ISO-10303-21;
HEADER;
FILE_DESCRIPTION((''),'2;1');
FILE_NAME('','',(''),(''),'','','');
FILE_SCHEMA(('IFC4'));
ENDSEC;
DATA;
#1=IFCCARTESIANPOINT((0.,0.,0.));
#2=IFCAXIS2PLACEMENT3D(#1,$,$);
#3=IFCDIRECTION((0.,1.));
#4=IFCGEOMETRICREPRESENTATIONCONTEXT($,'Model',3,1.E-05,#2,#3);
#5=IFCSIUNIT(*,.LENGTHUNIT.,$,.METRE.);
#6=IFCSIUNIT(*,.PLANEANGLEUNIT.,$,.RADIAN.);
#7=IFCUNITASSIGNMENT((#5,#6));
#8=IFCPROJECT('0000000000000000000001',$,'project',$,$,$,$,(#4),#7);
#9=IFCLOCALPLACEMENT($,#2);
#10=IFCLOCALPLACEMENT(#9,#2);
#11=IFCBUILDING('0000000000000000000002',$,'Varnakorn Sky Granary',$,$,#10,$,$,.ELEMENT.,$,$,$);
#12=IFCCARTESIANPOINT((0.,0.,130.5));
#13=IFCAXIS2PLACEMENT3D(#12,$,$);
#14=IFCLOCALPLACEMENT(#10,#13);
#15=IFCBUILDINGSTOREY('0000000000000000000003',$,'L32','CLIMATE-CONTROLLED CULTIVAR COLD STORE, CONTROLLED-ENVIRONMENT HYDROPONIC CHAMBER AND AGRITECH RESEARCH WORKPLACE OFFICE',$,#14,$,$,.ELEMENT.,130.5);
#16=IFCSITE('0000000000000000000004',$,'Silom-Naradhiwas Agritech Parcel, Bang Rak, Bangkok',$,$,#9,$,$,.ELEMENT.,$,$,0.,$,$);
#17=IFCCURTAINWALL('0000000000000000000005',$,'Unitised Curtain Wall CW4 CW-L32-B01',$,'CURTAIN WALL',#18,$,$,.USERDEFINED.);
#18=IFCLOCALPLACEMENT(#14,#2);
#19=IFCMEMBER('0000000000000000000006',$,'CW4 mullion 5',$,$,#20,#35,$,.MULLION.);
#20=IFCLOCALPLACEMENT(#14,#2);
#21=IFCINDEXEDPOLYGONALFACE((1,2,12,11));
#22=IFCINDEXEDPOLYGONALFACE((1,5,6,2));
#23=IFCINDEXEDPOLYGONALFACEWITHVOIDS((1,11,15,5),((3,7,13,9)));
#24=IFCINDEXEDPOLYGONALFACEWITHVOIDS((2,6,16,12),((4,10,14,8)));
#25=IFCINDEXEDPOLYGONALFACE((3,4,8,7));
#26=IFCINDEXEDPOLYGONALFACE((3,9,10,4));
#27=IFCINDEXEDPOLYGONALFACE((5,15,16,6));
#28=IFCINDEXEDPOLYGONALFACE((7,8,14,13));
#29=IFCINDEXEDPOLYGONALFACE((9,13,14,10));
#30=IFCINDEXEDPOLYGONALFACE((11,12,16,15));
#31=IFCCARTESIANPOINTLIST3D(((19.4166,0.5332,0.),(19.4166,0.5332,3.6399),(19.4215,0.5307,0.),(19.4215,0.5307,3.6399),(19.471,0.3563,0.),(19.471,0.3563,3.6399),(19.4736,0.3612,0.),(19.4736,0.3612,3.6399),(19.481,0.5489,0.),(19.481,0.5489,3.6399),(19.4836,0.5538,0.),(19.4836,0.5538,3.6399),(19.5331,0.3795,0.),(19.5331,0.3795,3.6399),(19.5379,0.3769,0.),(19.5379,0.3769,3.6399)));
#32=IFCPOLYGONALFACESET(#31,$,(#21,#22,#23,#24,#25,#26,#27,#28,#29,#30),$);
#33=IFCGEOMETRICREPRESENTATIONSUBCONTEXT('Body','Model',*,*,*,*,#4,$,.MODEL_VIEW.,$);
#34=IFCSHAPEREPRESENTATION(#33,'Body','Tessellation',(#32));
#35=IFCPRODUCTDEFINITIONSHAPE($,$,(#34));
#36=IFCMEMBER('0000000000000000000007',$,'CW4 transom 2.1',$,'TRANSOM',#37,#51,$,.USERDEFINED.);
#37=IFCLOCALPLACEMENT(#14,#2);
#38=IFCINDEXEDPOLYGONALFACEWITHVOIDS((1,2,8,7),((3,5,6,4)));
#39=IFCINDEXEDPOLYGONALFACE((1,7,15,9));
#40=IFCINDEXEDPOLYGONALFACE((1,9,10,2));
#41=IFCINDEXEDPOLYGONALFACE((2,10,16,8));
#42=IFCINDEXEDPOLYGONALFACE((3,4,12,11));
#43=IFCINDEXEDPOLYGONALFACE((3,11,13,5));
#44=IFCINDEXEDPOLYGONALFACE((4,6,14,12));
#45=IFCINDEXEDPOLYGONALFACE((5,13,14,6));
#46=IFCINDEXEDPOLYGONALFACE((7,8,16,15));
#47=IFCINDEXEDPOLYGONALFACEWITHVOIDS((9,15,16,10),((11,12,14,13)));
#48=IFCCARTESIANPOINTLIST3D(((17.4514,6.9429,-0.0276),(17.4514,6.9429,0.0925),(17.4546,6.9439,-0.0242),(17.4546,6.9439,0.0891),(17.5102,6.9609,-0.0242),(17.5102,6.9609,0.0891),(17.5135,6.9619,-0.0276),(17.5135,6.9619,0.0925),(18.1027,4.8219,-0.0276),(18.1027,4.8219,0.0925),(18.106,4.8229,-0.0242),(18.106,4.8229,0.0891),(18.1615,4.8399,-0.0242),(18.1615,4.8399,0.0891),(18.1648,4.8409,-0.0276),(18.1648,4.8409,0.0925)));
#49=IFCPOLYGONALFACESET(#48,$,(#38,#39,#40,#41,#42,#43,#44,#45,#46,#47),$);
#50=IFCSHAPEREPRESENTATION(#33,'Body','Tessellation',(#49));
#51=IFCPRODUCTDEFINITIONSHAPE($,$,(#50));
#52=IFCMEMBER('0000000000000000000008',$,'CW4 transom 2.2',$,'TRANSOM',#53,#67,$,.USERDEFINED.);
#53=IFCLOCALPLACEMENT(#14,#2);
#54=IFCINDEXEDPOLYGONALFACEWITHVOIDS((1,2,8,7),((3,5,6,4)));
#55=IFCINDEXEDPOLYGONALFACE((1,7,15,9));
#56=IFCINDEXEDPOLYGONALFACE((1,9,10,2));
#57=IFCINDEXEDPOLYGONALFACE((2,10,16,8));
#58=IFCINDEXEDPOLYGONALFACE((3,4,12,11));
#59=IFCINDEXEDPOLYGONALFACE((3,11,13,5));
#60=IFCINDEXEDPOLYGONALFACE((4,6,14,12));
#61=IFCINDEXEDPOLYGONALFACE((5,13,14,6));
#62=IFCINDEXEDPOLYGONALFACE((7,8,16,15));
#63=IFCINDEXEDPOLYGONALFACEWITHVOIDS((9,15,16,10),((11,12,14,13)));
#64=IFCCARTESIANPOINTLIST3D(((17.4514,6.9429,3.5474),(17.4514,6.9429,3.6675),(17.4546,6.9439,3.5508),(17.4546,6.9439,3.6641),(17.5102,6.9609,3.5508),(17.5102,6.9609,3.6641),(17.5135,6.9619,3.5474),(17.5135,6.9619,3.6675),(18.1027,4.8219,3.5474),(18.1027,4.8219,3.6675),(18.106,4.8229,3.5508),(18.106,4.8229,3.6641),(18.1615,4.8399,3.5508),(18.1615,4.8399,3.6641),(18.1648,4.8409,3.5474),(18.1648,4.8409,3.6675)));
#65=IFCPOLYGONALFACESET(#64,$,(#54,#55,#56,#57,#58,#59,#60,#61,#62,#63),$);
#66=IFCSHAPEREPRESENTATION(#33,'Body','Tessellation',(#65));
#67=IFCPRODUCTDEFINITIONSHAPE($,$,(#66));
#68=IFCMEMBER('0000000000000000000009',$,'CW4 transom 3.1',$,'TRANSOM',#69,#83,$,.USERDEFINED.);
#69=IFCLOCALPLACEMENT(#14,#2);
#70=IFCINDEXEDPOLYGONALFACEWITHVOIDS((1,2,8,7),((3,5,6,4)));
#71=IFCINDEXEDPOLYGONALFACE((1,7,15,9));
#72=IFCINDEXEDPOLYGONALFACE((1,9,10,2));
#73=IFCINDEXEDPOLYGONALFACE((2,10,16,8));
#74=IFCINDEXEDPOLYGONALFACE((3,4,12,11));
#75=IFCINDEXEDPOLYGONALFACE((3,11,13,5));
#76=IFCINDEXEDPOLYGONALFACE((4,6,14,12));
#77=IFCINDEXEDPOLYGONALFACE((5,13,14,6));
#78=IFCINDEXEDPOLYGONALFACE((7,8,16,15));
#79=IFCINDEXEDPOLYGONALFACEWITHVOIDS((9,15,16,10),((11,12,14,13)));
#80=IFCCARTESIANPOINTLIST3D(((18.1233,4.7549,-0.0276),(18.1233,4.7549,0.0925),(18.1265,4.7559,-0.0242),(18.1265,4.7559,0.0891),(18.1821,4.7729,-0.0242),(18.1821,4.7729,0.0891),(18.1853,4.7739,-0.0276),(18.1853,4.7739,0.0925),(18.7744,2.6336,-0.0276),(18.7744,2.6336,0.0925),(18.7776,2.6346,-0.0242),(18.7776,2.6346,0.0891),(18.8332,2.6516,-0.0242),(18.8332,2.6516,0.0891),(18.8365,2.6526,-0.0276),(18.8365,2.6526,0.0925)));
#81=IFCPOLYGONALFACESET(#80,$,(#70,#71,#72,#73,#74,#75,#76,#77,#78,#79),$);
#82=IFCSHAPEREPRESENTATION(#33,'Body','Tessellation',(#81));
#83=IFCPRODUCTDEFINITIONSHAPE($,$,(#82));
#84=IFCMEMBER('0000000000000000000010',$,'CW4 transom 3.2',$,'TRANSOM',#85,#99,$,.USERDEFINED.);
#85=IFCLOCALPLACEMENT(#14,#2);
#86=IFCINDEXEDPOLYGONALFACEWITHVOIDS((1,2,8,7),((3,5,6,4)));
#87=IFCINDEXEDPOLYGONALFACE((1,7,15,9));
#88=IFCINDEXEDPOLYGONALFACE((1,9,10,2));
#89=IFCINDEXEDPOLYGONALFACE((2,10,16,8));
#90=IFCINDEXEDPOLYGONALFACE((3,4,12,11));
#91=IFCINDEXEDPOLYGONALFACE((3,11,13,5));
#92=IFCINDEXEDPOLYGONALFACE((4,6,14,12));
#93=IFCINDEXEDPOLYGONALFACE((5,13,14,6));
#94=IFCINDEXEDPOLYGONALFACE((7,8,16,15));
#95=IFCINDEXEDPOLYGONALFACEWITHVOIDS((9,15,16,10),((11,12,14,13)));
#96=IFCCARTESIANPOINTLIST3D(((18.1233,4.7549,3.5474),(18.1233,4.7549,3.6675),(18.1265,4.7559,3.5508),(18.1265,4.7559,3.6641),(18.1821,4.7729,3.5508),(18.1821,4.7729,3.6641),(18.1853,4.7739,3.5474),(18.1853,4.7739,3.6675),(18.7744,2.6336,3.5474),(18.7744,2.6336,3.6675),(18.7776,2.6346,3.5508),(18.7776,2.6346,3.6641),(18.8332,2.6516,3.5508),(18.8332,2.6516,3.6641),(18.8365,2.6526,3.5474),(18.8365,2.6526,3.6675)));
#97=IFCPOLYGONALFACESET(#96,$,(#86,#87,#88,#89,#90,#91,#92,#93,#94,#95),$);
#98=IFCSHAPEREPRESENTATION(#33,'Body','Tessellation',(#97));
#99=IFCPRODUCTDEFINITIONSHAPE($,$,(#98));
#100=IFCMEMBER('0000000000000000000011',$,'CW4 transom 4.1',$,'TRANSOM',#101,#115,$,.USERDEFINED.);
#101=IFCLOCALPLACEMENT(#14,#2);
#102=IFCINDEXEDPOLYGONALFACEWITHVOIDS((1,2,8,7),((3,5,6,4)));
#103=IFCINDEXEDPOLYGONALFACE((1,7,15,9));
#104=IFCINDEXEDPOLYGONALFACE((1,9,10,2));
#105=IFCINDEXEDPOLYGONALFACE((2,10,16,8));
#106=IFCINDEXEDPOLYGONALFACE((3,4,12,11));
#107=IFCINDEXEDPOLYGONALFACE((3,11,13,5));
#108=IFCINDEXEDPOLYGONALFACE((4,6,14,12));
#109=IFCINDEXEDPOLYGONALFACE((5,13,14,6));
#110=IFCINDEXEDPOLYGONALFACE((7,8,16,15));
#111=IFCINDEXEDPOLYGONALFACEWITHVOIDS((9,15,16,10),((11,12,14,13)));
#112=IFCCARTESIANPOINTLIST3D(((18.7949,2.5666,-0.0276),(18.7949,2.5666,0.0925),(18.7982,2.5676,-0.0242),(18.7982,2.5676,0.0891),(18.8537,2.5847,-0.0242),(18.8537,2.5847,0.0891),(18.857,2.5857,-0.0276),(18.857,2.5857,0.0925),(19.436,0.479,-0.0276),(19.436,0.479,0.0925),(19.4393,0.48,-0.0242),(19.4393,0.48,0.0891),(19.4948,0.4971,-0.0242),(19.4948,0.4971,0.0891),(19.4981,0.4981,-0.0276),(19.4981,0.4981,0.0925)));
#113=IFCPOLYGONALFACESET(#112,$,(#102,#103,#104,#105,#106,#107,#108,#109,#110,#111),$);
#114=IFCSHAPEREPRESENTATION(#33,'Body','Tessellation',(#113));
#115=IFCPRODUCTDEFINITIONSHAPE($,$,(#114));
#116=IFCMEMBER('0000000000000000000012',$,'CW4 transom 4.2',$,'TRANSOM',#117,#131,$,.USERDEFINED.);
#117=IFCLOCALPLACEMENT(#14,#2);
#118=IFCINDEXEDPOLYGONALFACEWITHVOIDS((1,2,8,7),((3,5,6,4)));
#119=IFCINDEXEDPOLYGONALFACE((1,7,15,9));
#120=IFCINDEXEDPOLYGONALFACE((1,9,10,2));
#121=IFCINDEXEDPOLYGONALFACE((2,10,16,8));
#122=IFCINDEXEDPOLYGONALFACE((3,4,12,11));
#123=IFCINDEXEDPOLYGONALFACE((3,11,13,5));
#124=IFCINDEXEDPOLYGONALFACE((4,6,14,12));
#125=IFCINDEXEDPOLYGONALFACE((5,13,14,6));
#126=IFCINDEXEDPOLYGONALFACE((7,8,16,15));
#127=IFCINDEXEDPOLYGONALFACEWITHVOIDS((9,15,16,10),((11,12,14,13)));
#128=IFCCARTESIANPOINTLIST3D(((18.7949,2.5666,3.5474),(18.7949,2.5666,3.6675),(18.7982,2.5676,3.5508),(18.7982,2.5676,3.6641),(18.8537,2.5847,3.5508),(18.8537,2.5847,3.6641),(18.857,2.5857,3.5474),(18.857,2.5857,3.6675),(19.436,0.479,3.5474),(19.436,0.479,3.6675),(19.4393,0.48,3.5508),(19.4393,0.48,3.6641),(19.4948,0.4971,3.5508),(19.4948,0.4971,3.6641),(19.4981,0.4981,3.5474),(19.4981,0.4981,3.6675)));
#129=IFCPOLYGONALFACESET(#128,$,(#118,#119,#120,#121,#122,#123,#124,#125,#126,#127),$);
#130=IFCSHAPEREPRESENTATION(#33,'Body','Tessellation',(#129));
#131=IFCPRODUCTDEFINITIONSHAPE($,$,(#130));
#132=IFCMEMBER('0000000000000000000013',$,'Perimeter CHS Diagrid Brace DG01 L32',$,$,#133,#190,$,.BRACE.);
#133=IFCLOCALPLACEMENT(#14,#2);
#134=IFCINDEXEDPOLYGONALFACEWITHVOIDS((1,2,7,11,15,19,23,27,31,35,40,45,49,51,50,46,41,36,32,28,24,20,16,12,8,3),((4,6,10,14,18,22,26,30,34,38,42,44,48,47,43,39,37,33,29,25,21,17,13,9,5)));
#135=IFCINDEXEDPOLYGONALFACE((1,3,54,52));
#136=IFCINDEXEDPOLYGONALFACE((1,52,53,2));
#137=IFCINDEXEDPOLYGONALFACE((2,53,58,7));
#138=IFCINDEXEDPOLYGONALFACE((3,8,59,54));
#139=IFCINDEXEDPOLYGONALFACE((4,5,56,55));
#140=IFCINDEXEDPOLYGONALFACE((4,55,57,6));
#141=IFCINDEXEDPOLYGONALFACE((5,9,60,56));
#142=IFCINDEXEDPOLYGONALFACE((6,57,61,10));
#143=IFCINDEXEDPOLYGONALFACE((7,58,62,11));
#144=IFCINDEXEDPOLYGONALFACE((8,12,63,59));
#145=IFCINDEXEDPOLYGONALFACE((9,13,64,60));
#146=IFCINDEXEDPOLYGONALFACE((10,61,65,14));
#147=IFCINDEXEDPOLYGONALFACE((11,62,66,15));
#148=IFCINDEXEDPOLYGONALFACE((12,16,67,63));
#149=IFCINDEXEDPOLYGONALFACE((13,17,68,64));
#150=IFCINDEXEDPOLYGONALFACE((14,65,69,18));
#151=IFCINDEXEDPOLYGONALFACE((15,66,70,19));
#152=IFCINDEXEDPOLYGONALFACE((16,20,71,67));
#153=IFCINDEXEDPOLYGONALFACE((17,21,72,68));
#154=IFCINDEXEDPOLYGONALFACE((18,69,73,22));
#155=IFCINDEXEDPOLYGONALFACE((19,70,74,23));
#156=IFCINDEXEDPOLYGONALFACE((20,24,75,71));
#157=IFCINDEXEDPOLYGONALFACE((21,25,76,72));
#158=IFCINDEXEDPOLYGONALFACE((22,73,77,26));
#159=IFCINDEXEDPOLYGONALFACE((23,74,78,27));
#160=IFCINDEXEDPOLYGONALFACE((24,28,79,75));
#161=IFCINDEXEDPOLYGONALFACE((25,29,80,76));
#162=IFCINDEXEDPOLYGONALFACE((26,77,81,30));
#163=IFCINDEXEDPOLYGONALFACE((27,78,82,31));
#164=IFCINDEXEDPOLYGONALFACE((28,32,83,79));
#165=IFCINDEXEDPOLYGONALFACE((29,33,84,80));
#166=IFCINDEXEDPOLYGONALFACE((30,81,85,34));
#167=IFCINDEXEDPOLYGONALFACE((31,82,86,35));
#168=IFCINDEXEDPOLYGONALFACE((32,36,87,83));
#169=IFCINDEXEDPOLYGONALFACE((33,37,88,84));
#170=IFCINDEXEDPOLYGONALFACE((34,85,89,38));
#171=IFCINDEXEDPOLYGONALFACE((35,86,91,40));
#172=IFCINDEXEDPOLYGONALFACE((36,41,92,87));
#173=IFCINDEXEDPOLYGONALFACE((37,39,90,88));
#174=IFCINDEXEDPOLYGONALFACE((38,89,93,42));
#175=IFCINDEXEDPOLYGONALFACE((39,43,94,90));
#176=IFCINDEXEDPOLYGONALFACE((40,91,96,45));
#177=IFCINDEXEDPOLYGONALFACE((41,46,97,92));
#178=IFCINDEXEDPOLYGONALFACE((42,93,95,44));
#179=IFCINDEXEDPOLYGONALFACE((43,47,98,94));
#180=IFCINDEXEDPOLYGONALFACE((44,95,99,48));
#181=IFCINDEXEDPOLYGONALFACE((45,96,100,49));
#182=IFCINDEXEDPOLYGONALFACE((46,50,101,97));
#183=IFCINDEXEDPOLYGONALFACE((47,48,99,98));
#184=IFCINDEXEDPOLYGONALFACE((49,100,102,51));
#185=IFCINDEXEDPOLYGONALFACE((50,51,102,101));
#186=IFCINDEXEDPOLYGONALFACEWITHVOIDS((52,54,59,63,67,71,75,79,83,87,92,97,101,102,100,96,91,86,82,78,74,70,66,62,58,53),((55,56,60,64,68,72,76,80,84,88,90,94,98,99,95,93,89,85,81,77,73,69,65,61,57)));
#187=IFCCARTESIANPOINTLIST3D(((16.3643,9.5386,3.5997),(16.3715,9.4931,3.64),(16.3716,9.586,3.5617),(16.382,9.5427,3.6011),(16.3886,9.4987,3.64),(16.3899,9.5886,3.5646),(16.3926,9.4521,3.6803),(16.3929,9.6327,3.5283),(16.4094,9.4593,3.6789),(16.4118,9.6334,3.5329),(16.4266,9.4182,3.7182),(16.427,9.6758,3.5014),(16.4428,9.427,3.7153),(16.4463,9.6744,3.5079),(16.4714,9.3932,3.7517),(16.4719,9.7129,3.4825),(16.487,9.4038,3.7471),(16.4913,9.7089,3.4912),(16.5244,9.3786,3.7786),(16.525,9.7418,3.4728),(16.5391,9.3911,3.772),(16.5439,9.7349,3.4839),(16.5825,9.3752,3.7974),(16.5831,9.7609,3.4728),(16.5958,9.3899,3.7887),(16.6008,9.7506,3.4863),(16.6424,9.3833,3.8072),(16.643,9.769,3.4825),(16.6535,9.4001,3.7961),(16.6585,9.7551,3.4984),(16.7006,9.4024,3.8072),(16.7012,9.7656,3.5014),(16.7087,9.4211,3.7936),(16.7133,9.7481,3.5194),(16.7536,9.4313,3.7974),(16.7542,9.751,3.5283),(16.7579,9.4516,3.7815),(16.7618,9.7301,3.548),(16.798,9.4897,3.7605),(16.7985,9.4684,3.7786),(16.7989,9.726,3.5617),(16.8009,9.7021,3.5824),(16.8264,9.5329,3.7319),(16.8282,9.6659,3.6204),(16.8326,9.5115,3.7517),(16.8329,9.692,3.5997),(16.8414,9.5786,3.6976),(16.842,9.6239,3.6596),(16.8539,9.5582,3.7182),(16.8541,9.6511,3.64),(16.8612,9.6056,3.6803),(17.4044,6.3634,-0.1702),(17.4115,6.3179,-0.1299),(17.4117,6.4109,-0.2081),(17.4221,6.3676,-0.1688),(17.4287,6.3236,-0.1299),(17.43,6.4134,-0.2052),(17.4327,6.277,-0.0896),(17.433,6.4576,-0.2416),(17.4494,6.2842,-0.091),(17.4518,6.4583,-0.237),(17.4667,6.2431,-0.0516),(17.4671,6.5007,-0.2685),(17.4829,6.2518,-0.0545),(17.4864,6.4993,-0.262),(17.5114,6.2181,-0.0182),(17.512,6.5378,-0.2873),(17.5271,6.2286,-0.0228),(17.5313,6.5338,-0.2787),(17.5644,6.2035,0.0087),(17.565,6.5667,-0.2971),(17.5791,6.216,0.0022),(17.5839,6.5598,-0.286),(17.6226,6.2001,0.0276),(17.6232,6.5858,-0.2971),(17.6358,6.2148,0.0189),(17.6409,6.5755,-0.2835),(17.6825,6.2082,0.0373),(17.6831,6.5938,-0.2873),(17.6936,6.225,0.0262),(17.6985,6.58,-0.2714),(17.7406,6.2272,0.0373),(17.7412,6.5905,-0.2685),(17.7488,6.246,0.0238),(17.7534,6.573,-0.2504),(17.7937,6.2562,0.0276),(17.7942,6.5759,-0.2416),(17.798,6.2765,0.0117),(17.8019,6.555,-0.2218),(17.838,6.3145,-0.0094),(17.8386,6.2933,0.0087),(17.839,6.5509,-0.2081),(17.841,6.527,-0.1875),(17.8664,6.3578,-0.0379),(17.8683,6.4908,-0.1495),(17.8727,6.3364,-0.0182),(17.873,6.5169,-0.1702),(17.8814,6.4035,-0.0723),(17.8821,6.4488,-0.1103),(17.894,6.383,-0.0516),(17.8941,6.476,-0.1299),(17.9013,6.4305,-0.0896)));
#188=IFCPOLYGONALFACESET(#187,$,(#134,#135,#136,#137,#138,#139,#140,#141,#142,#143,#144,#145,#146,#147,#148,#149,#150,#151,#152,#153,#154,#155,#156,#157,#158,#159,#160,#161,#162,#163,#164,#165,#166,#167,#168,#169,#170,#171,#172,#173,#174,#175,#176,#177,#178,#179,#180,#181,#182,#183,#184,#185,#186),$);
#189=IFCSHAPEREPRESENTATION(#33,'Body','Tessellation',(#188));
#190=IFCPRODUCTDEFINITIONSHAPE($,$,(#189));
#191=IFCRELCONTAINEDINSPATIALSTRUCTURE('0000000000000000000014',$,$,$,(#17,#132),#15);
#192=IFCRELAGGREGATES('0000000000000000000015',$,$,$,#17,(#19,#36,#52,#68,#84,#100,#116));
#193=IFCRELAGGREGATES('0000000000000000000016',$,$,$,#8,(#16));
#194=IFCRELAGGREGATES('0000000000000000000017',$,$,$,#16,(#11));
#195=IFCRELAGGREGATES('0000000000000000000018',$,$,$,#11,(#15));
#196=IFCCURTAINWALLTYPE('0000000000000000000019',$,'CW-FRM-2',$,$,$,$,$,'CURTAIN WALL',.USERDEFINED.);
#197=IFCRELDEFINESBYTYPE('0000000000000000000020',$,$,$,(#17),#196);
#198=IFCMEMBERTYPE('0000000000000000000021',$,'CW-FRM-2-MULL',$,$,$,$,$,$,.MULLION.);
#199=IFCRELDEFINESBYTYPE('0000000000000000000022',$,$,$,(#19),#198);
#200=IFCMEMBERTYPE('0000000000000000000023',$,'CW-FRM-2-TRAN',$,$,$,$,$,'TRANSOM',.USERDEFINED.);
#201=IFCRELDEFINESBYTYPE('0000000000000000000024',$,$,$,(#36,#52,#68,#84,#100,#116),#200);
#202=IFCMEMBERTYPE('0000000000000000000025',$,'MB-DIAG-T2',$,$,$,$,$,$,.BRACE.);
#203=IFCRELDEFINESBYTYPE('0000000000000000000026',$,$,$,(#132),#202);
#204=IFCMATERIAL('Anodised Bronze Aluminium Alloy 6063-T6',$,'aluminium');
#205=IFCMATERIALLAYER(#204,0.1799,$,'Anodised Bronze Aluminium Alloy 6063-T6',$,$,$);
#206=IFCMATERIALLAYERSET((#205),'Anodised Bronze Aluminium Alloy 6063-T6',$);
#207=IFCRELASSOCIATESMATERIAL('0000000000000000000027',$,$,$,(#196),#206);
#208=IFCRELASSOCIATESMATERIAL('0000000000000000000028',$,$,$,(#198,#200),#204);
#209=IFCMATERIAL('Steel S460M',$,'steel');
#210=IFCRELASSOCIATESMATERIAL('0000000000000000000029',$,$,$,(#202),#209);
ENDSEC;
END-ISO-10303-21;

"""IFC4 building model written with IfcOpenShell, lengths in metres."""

from ifc_helpers import new_model, si_unit, direction, frame, origin, origin_2d, place, context, subcontext, project, spatial, hollow_rectangle, hollow_circle, extrude, material, layer, layer_set, material_profile, profile_set, type_object, element, aggregate, save


model = new_model("IFC4")

# Units and contexts
model_context = context("Model", 3, precision=1e-05, world=origin(), true_north=direction((0.0, 1.0)))
body_context = subcontext(model_context, "Body", "Model", "MODEL_VIEW")
ifc_project = project(units=[si_unit("LENGTHUNIT", "METRE"), si_unit("PLANEANGLEUNIT", "RADIAN")], contexts=[model_context])

# Site, building, storey
site_placement = place(None, origin())
site = spatial("IfcSite", under=ifc_project, at=site_placement, Name="Silom-Naradhiwas Agritech Parcel, Bang Rak, Bangkok", CompositionType="ELEMENT", RefElevation=0.0)
building_placement = place(site_placement, origin())
building = spatial("IfcBuilding", under=site, at=building_placement, Name="Varnakorn Sky Granary", CompositionType="ELEMENT")
storey_placement = place(building_placement, frame((0.0, 0.0, 130.5)))
storey = spatial("IfcBuildingStorey", under=building, at=storey_placement, Name="L32", Description="CLIMATE-CONTROLLED CULTIVAR COLD STORE, CONTROLLED-ENVIRONMENT HYDROPONIC CHAMBER AND AGRITECH RESEARCH WORKPLACE OFFICE", CompositionType="ELEMENT", Elevation=130.5)

# Shared definitions
ifc_material_1 = material(Name="Steel S460M", Category="steel")

# Curtain wall, members
ifc_material_2 = material(Name="Anodised Bronze Aluminium Alloy 6063-T6", Category="aluminium")
ifc_layer_1 = layer(ifc_material_2, 0.1799, Name="Anodised Bronze Aluminium Alloy 6063-T6")
ifc_layer_set_1 = layer_set([ifc_layer_1], Name="Anodised Bronze Aluminium Alloy 6063-T6")
curtain_wall_type = type_object("IfcCurtainWallType", Name="CW-FRM-2", ElementType="CURTAIN WALL", PredefinedType="USERDEFINED", material=ifc_layer_set_1)
curtain_wall_placement = place(storey_placement, origin())
curtain_wall = element("IfcCurtainWall", 1, at=curtain_wall_placement, inside=storey, type_object=curtain_wall_type, Name="Unitised Curtain Wall CW4 CW-L32-B01", ObjectType="CURTAIN WALL", PredefinedType="USERDEFINED")
ifc_material_profile_1 = material_profile(ifc_material_2, hollow_rectangle(XDim=0.0701, YDim=0.1851, WallThickness=0.0039, at=origin_2d()), Name="ALU MULL 70x185")
ifc_profile_set_1 = profile_set([ifc_material_profile_1], Name="Anodised Bronze Aluminium Alloy 6063-T6")
member_type_1 = type_object("IfcMemberType", Name="CW-FRM-2-MULL", PredefinedType="MULLION", material=ifc_profile_set_1)
member_1_placement = place(storey_placement, frame((19.4773, 0.4551, 0.0), z_axis=(0.0, 0.0, 1.0), x_axis=(0.955954, 0.293516, 0.0)))
member_1 = element("IfcMember", 2, at=member_1_placement, type_object=member_type_1, Name="CW4 mullion 5", PredefinedType="MULLION", context=body_context, shape_type="SweptSolid", body=[
    extrude(hollow_rectangle(XDim=0.0701, YDim=0.1851, WallThickness=0.0039, at=origin_2d()), origin(), (0.0, 0.0, 1.0), 3.6399),
])
ifc_material_profile_2 = material_profile(ifc_material_2, hollow_rectangle(XDim=0.0649, YDim=0.1201, WallThickness=0.0034, at=origin_2d()), Name="ALU TRAN 65x120")
ifc_profile_set_2 = profile_set([ifc_material_profile_2], Name="Anodised Bronze Aluminium Alloy 6063-T6")
member_type_2 = type_object("IfcMemberType", Name="CW-FRM-2-TRAN", ElementType="TRANSOM", PredefinedType="USERDEFINED", material=ifc_profile_set_2)
member_2_placement = place(storey_placement, frame((17.4824, 6.9524, 0.0325), z_axis=(0.29356, -0.955941, 0.0), x_axis=(0.955941, 0.29356, 0.0)))
member_2 = element("IfcMember", 3, at=member_2_placement, type_object=member_type_2, Name="CW4 transom 2.1", ObjectType="TRANSOM", PredefinedType="USERDEFINED", context=body_context, shape_type="SweptSolid", body=[
    extrude(hollow_rectangle(XDim=0.0649, YDim=0.1201, WallThickness=0.0034, at=origin_2d()), origin(), (0.0, 0.0, 1.0), 2.2188),
])
member_3_placement = place(storey_placement, frame((17.4824, 6.9524, 3.6074), z_axis=(0.29356, -0.955941, 0.0), x_axis=(0.955941, 0.29356, 0.0)))
member_3 = element("IfcMember", 4, at=member_3_placement, type_object=member_type_2, Name="CW4 transom 2.2", ObjectType="TRANSOM", PredefinedType="USERDEFINED", context=body_context, shape_type="SweptSolid", body=[
    extrude(hollow_rectangle(XDim=0.0649, YDim=0.1201, WallThickness=0.0034, at=origin_2d()), origin(), (0.0, 0.0, 1.0), 2.2188),
])
member_4_placement = place(storey_placement, frame((18.1543, 4.7644, 0.0325), z_axis=(0.293429, -0.955981, 0.0), x_axis=(0.955981, 0.293429, 0.0)))
member_4 = element("IfcMember", 5, at=member_4_placement, type_object=member_type_2, Name="CW4 transom 3.1", ObjectType="TRANSOM", PredefinedType="USERDEFINED", context=body_context, shape_type="SweptSolid", body=[
    extrude(hollow_rectangle(XDim=0.0649, YDim=0.1201, WallThickness=0.0034, at=origin_2d()), origin(), (0.0, 0.0, 1.0), 2.219),
])
member_5_placement = place(storey_placement, frame((18.1543, 4.7644, 3.6074), z_axis=(0.293429, -0.955981, 0.0), x_axis=(0.955981, 0.293429, 0.0)))
member_5 = element("IfcMember", 6, at=member_5_placement, type_object=member_type_2, Name="CW4 transom 3.2", ObjectType="TRANSOM", PredefinedType="USERDEFINED", context=body_context, shape_type="SweptSolid", body=[
    extrude(hollow_rectangle(XDim=0.0649, YDim=0.1201, WallThickness=0.0034, at=origin_2d()), origin(), (0.0, 0.0, 1.0), 2.219),
])
member_6_placement = place(storey_placement, frame((18.8259, 2.5762, 0.0325), z_axis=(0.293567, -0.955938, 0.0), x_axis=(0.955938, 0.293567, 0.0)))
member_6 = element("IfcMember", 7, at=member_6_placement, type_object=member_type_2, Name="CW4 transom 4.1", ObjectType="TRANSOM", PredefinedType="USERDEFINED", context=body_context, shape_type="SweptSolid", body=[
    extrude(hollow_rectangle(XDim=0.0649, YDim=0.1201, WallThickness=0.0034, at=origin_2d()), origin(), (0.0, 0.0, 1.0), 2.1838),
])
member_7_placement = place(storey_placement, frame((18.8259, 2.5762, 3.6074), z_axis=(0.293567, -0.955938, 0.0), x_axis=(0.955938, 0.293567, 0.0)))
member_7 = element("IfcMember", 8, at=member_7_placement, type_object=member_type_2, Name="CW4 transom 4.2", ObjectType="TRANSOM", PredefinedType="USERDEFINED", context=body_context, shape_type="SweptSolid", body=[
    extrude(hollow_rectangle(XDim=0.0649, YDim=0.1201, WallThickness=0.0034, at=origin_2d()), origin(), (0.0, 0.0, 1.0), 2.1838),
])

# Member
ifc_material_profile_3 = material_profile(ifc_material_1, hollow_circle(Radius=0.2539, WallThickness=0.0181, at=origin_2d()), Name="CHS 508x18")
ifc_profile_set_3 = profile_set([ifc_material_profile_3], Name="Steel S460M")
member_type_3 = type_object("IfcMemberType", Name="MB-DIAG-T2", PredefinedType="BRACE", material=ifc_profile_set_3)
member_8_placement = place(storey_placement, frame((17.6528, 6.397, -0.1299), z_axis=(-0.20647, 0.630315, 0.748381), x_axis=(-0.950315, -0.311291, 0.0)))
element("IfcMember", 9, at=member_8_placement, inside=storey, type_object=member_type_3, Name="Perimeter CHS Diagrid Brace DG01 L32", PredefinedType="BRACE", context=body_context, shape_type="SweptSolid", body=[
    extrude(hollow_circle(Radius=0.2539, WallThickness=0.0181, at=origin_2d()), origin(), (0.0, 0.0, 1.0), 5.0374),
])

aggregate(curtain_wall, [member_1, member_2, member_3, member_4, member_5, member_6, member_7])

save(model, "model.ifc")
